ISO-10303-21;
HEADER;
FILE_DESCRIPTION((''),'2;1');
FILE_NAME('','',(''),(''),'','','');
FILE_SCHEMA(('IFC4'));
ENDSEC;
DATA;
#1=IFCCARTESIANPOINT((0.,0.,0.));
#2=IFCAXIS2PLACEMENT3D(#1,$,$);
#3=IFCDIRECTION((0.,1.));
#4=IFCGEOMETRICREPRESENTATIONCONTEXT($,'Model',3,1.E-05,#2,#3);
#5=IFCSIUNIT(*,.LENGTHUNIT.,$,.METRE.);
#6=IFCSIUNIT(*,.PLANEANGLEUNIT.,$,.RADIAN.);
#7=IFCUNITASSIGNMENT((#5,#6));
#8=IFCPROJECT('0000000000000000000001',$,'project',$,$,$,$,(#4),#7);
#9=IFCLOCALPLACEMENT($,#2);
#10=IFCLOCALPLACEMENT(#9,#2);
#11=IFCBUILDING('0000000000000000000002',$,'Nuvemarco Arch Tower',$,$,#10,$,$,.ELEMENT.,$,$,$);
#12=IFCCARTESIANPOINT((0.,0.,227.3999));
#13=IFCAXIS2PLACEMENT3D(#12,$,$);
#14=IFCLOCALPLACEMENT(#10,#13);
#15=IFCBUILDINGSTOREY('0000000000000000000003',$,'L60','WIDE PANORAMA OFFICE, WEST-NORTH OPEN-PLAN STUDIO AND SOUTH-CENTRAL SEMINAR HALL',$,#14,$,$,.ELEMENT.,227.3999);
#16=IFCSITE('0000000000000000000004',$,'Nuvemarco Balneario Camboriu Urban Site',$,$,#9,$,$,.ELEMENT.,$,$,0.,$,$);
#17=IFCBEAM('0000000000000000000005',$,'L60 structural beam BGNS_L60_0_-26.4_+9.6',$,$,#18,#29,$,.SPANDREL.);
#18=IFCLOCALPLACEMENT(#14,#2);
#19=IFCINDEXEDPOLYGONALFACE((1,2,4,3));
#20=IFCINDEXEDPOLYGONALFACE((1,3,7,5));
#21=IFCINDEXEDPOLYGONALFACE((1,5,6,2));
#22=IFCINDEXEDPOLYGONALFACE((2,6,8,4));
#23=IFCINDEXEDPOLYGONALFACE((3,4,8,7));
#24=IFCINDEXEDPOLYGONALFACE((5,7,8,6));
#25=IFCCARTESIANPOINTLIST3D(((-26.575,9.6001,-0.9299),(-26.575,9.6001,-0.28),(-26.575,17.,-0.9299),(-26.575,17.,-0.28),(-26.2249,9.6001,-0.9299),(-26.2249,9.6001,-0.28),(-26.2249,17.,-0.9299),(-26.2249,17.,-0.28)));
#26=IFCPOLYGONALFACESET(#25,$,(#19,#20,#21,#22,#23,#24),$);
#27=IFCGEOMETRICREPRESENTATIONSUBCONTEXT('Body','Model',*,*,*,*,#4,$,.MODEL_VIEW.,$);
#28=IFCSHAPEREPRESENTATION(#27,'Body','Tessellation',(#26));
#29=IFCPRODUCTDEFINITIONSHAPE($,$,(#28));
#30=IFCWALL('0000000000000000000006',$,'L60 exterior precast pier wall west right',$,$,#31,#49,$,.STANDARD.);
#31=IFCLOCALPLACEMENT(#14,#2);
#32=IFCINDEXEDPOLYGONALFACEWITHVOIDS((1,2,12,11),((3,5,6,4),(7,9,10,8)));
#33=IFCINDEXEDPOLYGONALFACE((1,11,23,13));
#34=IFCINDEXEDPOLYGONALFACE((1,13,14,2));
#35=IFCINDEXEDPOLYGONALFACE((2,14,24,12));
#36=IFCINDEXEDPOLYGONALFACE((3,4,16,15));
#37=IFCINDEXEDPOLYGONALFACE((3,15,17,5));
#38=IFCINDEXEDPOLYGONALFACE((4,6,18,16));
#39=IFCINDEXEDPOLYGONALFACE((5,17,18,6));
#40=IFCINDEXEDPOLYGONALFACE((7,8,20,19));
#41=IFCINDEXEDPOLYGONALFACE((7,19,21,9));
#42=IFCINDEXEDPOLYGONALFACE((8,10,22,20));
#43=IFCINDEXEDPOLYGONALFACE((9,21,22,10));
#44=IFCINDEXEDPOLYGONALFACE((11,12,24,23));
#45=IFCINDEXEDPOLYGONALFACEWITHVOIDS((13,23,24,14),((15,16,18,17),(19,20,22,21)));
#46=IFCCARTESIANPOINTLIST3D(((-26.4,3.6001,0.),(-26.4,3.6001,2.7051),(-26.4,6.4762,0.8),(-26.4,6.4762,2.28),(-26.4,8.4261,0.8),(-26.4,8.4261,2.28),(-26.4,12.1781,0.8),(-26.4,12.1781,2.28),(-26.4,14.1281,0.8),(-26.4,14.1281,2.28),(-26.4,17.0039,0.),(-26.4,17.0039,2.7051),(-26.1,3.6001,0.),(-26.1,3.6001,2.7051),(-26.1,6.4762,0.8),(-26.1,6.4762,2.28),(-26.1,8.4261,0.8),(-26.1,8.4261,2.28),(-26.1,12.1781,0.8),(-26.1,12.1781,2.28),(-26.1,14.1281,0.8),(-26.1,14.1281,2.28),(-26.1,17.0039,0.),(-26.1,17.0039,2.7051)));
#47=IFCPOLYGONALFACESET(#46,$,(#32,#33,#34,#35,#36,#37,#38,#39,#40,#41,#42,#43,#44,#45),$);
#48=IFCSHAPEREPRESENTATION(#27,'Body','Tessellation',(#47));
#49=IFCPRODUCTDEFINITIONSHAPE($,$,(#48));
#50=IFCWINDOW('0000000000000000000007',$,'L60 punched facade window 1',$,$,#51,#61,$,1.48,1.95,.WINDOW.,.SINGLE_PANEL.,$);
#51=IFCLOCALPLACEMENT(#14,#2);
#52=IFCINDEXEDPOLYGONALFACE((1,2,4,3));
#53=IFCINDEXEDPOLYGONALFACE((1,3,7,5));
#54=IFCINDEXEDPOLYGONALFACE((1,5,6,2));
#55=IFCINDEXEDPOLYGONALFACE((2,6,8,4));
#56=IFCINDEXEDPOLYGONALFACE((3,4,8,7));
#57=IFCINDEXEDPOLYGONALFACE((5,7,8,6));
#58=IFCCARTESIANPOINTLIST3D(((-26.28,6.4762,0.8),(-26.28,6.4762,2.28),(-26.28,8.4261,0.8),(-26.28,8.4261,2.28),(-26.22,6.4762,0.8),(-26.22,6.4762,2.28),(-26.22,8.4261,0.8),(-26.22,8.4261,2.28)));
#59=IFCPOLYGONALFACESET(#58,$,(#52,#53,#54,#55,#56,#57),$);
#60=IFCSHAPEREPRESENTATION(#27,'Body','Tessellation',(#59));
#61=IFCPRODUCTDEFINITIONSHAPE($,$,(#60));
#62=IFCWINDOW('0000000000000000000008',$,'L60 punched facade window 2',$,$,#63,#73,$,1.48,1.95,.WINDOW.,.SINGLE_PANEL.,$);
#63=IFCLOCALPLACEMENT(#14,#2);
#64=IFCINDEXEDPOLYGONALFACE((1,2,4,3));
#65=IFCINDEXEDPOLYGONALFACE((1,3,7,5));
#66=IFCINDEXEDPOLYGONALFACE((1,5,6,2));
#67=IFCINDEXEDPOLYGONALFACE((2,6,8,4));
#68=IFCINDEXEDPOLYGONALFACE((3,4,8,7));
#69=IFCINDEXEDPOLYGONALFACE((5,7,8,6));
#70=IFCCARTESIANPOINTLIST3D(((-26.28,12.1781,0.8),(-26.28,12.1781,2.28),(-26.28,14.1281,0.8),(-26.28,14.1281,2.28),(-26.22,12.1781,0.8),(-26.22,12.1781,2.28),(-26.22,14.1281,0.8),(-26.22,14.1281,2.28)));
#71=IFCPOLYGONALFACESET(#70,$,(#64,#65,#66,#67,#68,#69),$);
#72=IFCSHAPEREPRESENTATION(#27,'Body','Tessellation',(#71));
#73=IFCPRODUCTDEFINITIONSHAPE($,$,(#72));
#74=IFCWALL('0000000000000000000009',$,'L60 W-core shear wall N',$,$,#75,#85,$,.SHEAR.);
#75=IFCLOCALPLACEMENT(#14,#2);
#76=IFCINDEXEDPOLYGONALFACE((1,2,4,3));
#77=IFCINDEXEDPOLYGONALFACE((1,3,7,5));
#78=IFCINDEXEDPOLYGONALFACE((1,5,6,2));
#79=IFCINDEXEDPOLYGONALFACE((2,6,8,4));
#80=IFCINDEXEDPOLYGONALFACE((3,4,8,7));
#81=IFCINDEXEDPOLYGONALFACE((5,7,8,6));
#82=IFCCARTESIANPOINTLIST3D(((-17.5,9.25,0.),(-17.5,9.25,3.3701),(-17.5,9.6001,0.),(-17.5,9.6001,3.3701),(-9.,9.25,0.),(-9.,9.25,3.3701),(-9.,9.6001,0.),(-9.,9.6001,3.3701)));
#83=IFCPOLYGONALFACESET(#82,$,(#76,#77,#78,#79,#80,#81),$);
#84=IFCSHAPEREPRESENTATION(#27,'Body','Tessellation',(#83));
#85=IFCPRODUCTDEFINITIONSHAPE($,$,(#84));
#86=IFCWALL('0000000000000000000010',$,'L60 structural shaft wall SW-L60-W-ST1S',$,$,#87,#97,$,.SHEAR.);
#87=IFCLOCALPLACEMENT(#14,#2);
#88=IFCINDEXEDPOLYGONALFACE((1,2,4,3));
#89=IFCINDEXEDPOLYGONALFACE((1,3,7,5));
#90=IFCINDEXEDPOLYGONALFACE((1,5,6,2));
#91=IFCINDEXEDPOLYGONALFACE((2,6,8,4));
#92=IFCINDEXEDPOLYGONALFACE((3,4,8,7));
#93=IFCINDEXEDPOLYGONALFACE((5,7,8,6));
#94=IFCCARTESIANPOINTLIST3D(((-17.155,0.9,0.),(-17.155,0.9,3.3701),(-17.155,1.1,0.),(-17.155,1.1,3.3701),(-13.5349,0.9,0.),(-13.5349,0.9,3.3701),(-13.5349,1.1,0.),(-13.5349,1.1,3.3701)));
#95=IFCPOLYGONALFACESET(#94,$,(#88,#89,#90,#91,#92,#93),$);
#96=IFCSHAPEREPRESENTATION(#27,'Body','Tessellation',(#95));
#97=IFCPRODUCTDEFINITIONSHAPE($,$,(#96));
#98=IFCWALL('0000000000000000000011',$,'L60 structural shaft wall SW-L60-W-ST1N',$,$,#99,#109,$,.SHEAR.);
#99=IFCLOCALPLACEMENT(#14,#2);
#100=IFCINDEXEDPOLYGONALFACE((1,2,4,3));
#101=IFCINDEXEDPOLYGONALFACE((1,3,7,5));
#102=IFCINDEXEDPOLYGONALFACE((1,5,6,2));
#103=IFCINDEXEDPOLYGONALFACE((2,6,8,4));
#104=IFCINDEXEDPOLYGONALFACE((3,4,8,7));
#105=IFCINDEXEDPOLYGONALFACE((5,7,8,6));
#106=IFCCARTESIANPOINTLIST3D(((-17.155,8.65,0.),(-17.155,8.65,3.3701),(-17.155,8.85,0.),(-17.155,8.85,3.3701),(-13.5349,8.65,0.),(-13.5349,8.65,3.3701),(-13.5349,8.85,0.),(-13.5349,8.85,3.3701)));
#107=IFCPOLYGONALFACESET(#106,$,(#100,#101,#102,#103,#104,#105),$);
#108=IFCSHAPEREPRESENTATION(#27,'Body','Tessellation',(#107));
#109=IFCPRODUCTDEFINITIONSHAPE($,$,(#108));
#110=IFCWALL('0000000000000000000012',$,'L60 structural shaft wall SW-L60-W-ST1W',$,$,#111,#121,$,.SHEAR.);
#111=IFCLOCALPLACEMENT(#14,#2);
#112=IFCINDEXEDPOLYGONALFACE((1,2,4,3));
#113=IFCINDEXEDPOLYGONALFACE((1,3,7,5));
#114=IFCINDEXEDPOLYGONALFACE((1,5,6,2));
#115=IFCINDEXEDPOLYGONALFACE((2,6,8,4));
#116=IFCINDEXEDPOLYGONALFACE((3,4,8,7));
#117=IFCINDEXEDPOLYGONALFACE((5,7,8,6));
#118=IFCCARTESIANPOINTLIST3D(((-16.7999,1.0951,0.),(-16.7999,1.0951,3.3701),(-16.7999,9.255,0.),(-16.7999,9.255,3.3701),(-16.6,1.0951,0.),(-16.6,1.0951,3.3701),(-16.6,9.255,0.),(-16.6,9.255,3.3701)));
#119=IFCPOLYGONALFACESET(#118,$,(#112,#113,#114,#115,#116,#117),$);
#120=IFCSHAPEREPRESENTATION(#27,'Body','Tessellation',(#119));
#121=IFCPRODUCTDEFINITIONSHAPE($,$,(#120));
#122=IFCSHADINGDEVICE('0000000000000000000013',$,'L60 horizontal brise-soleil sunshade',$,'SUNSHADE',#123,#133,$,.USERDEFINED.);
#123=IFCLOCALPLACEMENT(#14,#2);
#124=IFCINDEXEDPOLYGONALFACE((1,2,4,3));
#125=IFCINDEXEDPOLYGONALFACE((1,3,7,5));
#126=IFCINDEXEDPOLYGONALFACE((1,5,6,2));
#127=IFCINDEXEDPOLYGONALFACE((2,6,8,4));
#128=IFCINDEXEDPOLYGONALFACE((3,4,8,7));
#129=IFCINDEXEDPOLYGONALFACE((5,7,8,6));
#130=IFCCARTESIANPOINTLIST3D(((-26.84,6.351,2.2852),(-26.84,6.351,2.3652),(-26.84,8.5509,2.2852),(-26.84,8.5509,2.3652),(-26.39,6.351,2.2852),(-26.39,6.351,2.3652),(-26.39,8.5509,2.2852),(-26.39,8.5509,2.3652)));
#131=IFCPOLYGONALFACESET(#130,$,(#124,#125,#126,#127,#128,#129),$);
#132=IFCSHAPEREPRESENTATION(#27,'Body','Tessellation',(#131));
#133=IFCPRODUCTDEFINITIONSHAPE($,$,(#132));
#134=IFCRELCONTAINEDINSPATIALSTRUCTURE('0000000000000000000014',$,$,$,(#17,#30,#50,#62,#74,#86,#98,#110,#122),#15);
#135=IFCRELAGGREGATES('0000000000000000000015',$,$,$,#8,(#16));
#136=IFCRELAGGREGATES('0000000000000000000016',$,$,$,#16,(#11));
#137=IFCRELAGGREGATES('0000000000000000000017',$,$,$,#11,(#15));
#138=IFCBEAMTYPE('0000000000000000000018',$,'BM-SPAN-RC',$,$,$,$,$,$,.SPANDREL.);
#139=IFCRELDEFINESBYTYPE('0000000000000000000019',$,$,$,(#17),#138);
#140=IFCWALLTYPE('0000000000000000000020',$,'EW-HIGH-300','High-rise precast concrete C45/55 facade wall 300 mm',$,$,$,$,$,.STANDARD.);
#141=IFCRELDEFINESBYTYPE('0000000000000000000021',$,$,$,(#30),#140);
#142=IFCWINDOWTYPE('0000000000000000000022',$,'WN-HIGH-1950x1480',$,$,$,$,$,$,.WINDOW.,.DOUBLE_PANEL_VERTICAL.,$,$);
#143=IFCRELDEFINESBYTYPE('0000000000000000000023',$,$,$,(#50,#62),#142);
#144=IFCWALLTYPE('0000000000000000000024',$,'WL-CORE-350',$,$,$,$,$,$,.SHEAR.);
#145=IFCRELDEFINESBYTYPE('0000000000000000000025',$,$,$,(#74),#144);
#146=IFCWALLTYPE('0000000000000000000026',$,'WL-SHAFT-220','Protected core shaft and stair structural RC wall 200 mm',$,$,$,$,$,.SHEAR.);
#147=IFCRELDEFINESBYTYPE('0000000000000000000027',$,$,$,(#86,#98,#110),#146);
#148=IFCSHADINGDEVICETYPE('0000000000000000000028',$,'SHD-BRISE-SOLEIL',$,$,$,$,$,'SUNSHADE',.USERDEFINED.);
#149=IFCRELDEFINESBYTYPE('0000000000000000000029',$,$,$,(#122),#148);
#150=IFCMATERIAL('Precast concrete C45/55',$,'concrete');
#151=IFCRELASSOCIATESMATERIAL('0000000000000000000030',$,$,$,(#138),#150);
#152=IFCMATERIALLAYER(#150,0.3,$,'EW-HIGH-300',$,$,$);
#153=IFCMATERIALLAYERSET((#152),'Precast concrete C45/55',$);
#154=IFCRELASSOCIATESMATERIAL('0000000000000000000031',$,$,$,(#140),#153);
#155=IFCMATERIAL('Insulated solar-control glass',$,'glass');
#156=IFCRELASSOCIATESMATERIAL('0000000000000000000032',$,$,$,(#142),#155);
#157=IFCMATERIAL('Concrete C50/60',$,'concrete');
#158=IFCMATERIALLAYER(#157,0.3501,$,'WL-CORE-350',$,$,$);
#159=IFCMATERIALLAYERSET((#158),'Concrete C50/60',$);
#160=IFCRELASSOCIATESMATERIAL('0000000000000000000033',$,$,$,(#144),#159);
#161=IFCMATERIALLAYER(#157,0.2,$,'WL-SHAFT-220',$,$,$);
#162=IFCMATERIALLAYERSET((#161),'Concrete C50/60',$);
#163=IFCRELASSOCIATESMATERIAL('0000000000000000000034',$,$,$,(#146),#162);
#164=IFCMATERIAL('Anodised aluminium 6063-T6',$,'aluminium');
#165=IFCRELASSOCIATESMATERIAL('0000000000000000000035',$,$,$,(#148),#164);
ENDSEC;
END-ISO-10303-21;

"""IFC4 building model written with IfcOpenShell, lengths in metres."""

from ifc_helpers import new_model, si_unit, direction, frame, frame_2d, origin, origin_2d, place, context, subcontext, project, spatial, rectangle, extrude, source, transform, mapped, material, layer, layer_set, material_profile, profile_set, type_object, type_shapes, element, fill, save


model = new_model("IFC4")

# Units and contexts
model_context = context("Model", 3, precision=1e-05, world=origin(), true_north=direction((0.0, 1.0)))
body_context = subcontext(model_context, "Body", "Model", "MODEL_VIEW")
ifc_project = project(units=[si_unit("LENGTHUNIT", "METRE"), si_unit("PLANEANGLEUNIT", "RADIAN")], contexts=[model_context])

# Site, building, storey
site_placement = place(None, origin())
site = spatial("IfcSite", under=ifc_project, at=site_placement, Name="Nuvemarco Balneario Camboriu Urban Site", CompositionType="ELEMENT", RefElevation=0.0)
building_placement = place(site_placement, origin())
building = spatial("IfcBuilding", under=site, at=building_placement, Name="Nuvemarco Arch Tower", CompositionType="ELEMENT")
storey_placement = place(building_placement, frame((0.0, 0.0, 227.3999)))
storey = spatial("IfcBuildingStorey", under=building, at=storey_placement, Name="L60", Description="WIDE PANORAMA OFFICE, WEST-NORTH OPEN-PLAN STUDIO AND SOUTH-CENTRAL SEMINAR HALL", CompositionType="ELEMENT", Elevation=227.3999)

# Shared definitions
ifc_material_1 = material(Name="Concrete C50/60", Category="concrete")

# Beam
ifc_material_2 = material(Name="Precast concrete C45/55", Category="concrete")
ifc_material_profile_1 = material_profile(ifc_material_2, rectangle(XDim=0.3501, YDim=0.6499, at=origin_2d()), Name="PC-SP-350x650")
ifc_profile_set_1 = profile_set([ifc_material_profile_1], Name="Precast concrete C45/55")
beam_type_1 = type_object("IfcBeamType", Name="BM-SPAN-RC", PredefinedType="SPANDREL", material=ifc_profile_set_1)
beam_1_placement = place(storey_placement, frame((-26.3999, 9.6001, -0.605), z_axis=(0.0, 1.0, 0.0), x_axis=(-1.0, 0.0, 0.0)))
element("IfcBeam", 1, at=beam_1_placement, inside=storey, type_object=beam_type_1, Name="L60 structural beam BGNS_L60_0_-26.4_+9.6", PredefinedType="SPANDREL", context=body_context, shape_type="SweptSolid", body=[
    extrude(rectangle(XDim=0.3501, YDim=0.6499, at=origin_2d()), origin(), (0.0, 0.0, 1.0), 7.3999),
])

# Wall, openings, windows
ifc_layer_1 = layer(ifc_material_2, 0.3, Name="EW-HIGH-300")
ifc_layer_set_1 = layer_set([ifc_layer_1], Name="Precast concrete C45/55")
wall_type_1 = type_object("IfcWallType", Name="EW-HIGH-300", Description="High-rise precast concrete C45/55 facade wall 300 mm", PredefinedType="STANDARD", material=ifc_layer_set_1)
wall_1_placement = place(storey_placement, frame((-26.25, 3.6001, 0.0), z_axis=(0.0, 0.0, 1.0), x_axis=(0.0, 1.0, 0.0)))
wall_1 = element("IfcWall", 2, at=wall_1_placement, inside=storey, type_object=wall_type_1, Name="L60 exterior precast pier wall west right", PredefinedType="STANDARD", context=body_context, shape_type="SweptSolid", body=[
    extrude(rectangle(XDim=13.4038, YDim=0.3, at=frame_2d((6.7019, 0.0))), origin(), (0.0, 0.0, 1.0), 2.7051),
])
opening_1_placement = place(wall_1_placement, frame((2.876, 0.0, 0.8)))
opening_1 = element("IfcOpeningElement", 3, at=opening_1_placement, cuts=wall_1, PredefinedType="OPENING", context=body_context, shape_type="SweptSolid", body=[
    extrude(rectangle(XDim=1.95, YDim=1.48, at=frame_2d((0.9751, 0.74))), frame((0.0, 0.1599, 0.0), z_axis=(0.0, -1.0, 0.0), x_axis=(1.0, 0.0, 0.0)), (0.0, 0.0, 1.0), 0.3201),
])
opening_2_placement = place(wall_1_placement, frame((8.5779, 0.0, 0.8)))
opening_2 = element("IfcOpeningElement", 4, at=opening_2_placement, cuts=wall_1, PredefinedType="OPENING", context=body_context, shape_type="SweptSolid", body=[
    extrude(rectangle(XDim=1.95, YDim=1.48, at=frame_2d((0.9751, 0.74))), frame((0.0, 0.1599, 0.0), z_axis=(0.0, -1.0, 0.0), x_axis=(1.0, 0.0, 0.0)), (0.0, 0.0, 1.0), 0.3201),
])
ifc_material_3 = material(Name="Insulated solar-control glass", Category="glass")
window_type = type_object("IfcWindowType", Name="WN-HIGH-1950x1480", PartitioningType="DOUBLE_PANEL_VERTICAL", PredefinedType="WINDOW", material=ifc_material_3)
shared_shape_1 = source(origin(), body_context, "Body", "SweptSolid", [
    extrude(rectangle(XDim=1.95, YDim=1.48, at=frame_2d((0.9751, 0.74))), frame((0.0, 0.03, 0.0), z_axis=(0.0, -1.0, 0.0), x_axis=(1.0, 0.0, 0.0)), (0.0, 0.0, 1.0), 0.0601),
])
type_shapes(window_type, [shared_shape_1])
window_1_placement = place(opening_1_placement, origin())
window_1 = element("IfcWindow", 5, at=window_1_placement, inside=storey, type_object=window_type, Name="L60 punched facade window 1", OverallHeight=1.48, OverallWidth=1.95, PartitioningType="SINGLE_PANEL", PredefinedType="WINDOW", context=body_context, shape_type="MappedRepresentation", body=[
    mapped(shared_shape_1, transform((0.0, 0.0, 0.0), scale=1.0)),
])
fill(opening_1, window_1)
window_2_placement = place(opening_2_placement, origin())
window_2 = element("IfcWindow", 6, at=window_2_placement, inside=storey, type_object=window_type, Name="L60 punched facade window 2", OverallHeight=1.48, OverallWidth=1.95, PartitioningType="SINGLE_PANEL", PredefinedType="WINDOW", context=body_context, shape_type="MappedRepresentation", body=[
    mapped(shared_shape_1, transform((0.0, 0.0, 0.0), scale=1.0)),
])
fill(opening_2, window_2)

# Walls
ifc_layer_2 = layer(ifc_material_1, 0.3501, Name="WL-CORE-350")
ifc_layer_set_2 = layer_set([ifc_layer_2], Name="Concrete C50/60")
wall_type_2 = type_object("IfcWallType", Name="WL-CORE-350", PredefinedType="SHEAR", material=ifc_layer_set_2)
wall_2_placement = place(storey_placement, frame((-17.5, 9.425, 0.0), z_axis=(0.0, 0.0, 1.0), x_axis=(1.0, 0.0, 0.0)))
element("IfcWall", 7, at=wall_2_placement, inside=storey, type_object=wall_type_2, Name="L60 W-core shear wall N", PredefinedType="SHEAR", context=body_context, shape_type="SweptSolid", body=[
    extrude(rectangle(XDim=8.5, YDim=0.3501, at=frame_2d((4.25, 0.0))), origin(), (0.0, 0.0, 1.0), 3.3701),
])
ifc_layer_3 = layer(ifc_material_1, 0.2, Name="WL-SHAFT-220")
ifc_layer_set_3 = layer_set([ifc_layer_3], Name="Concrete C50/60")
wall_type_3 = type_object("IfcWallType", Name="WL-SHAFT-220", Description="Protected core shaft and stair structural RC wall 200 mm", PredefinedType="SHEAR", material=ifc_layer_set_3)
for number, where, z_axis, x_axis, name in (
    (8, (-17.155, 1.0, 0.0), (0.0, 0.0, 1.0), (1.0, 0.0, 0.0), "L60 structural shaft wall SW-L60-W-ST1S"),
    (9, (-17.155, 8.75, 0.0), (0.0, 0.0, 1.0), (1.0, 0.0, 0.0), "L60 structural shaft wall SW-L60-W-ST1N"),
):
    element("IfcWall", number, at=place(storey_placement, frame(where, z_axis=z_axis, x_axis=x_axis)), inside=storey, type_object=wall_type_3, Name=name, PredefinedType="SHEAR", context=body_context, shape_type="SweptSolid", body=[
        extrude(rectangle(XDim=3.6201, YDim=0.2, at=frame_2d((1.8101, 0.0))), origin(), (0.0, 0.0, 1.0), 3.3701),
    ])
wall_3_placement = place(storey_placement, frame((-16.7, 1.095, 0.0), z_axis=(0.0, 0.0, 1.0), x_axis=(0.0, 1.0, 0.0)))
element("IfcWall", 10, at=wall_3_placement, inside=storey, type_object=wall_type_3, Name="L60 structural shaft wall SW-L60-W-ST1W", PredefinedType="SHEAR", context=body_context, shape_type="SweptSolid", body=[
    extrude(rectangle(XDim=8.1599, YDim=0.2, at=frame_2d((4.0801, 0.0))), origin(), (0.0, 0.0, 1.0), 3.3701),
])

# Shading device
ifc_material_4 = material(Name="Anodised aluminium 6063-T6", Category="aluminium")
shading_device_type = type_object("IfcShadingDeviceType", Name="SHD-BRISE-SOLEIL", ElementType="SUNSHADE", PredefinedType="USERDEFINED", material=ifc_material_4)
shared_shape_2 = source(origin(), body_context, "Body", "SweptSolid", [
    extrude(rectangle(XDim=2.2, YDim=0.45, at=origin_2d()), origin(), (0.0, 0.0, 1.0), 0.0801),
])
type_shapes(shading_device_type, [shared_shape_2])
shading_device_placement = place(storey_placement, frame((-26.615, 7.4509, 2.2852), z_axis=(0.0, 0.0, 1.0), x_axis=(0.0, 1.0, 0.0)))
element("IfcShadingDevice", 11, at=shading_device_placement, inside=storey, type_object=shading_device_type, Name="L60 horizontal brise-soleil sunshade", ObjectType="SUNSHADE", PredefinedType="USERDEFINED", context=body_context, shape_type="MappedRepresentation", body=[
    mapped(shared_shape_2, transform((0.0, 0.0, 0.0), scale=1.0)),
])

save(model, "model.ifc")
